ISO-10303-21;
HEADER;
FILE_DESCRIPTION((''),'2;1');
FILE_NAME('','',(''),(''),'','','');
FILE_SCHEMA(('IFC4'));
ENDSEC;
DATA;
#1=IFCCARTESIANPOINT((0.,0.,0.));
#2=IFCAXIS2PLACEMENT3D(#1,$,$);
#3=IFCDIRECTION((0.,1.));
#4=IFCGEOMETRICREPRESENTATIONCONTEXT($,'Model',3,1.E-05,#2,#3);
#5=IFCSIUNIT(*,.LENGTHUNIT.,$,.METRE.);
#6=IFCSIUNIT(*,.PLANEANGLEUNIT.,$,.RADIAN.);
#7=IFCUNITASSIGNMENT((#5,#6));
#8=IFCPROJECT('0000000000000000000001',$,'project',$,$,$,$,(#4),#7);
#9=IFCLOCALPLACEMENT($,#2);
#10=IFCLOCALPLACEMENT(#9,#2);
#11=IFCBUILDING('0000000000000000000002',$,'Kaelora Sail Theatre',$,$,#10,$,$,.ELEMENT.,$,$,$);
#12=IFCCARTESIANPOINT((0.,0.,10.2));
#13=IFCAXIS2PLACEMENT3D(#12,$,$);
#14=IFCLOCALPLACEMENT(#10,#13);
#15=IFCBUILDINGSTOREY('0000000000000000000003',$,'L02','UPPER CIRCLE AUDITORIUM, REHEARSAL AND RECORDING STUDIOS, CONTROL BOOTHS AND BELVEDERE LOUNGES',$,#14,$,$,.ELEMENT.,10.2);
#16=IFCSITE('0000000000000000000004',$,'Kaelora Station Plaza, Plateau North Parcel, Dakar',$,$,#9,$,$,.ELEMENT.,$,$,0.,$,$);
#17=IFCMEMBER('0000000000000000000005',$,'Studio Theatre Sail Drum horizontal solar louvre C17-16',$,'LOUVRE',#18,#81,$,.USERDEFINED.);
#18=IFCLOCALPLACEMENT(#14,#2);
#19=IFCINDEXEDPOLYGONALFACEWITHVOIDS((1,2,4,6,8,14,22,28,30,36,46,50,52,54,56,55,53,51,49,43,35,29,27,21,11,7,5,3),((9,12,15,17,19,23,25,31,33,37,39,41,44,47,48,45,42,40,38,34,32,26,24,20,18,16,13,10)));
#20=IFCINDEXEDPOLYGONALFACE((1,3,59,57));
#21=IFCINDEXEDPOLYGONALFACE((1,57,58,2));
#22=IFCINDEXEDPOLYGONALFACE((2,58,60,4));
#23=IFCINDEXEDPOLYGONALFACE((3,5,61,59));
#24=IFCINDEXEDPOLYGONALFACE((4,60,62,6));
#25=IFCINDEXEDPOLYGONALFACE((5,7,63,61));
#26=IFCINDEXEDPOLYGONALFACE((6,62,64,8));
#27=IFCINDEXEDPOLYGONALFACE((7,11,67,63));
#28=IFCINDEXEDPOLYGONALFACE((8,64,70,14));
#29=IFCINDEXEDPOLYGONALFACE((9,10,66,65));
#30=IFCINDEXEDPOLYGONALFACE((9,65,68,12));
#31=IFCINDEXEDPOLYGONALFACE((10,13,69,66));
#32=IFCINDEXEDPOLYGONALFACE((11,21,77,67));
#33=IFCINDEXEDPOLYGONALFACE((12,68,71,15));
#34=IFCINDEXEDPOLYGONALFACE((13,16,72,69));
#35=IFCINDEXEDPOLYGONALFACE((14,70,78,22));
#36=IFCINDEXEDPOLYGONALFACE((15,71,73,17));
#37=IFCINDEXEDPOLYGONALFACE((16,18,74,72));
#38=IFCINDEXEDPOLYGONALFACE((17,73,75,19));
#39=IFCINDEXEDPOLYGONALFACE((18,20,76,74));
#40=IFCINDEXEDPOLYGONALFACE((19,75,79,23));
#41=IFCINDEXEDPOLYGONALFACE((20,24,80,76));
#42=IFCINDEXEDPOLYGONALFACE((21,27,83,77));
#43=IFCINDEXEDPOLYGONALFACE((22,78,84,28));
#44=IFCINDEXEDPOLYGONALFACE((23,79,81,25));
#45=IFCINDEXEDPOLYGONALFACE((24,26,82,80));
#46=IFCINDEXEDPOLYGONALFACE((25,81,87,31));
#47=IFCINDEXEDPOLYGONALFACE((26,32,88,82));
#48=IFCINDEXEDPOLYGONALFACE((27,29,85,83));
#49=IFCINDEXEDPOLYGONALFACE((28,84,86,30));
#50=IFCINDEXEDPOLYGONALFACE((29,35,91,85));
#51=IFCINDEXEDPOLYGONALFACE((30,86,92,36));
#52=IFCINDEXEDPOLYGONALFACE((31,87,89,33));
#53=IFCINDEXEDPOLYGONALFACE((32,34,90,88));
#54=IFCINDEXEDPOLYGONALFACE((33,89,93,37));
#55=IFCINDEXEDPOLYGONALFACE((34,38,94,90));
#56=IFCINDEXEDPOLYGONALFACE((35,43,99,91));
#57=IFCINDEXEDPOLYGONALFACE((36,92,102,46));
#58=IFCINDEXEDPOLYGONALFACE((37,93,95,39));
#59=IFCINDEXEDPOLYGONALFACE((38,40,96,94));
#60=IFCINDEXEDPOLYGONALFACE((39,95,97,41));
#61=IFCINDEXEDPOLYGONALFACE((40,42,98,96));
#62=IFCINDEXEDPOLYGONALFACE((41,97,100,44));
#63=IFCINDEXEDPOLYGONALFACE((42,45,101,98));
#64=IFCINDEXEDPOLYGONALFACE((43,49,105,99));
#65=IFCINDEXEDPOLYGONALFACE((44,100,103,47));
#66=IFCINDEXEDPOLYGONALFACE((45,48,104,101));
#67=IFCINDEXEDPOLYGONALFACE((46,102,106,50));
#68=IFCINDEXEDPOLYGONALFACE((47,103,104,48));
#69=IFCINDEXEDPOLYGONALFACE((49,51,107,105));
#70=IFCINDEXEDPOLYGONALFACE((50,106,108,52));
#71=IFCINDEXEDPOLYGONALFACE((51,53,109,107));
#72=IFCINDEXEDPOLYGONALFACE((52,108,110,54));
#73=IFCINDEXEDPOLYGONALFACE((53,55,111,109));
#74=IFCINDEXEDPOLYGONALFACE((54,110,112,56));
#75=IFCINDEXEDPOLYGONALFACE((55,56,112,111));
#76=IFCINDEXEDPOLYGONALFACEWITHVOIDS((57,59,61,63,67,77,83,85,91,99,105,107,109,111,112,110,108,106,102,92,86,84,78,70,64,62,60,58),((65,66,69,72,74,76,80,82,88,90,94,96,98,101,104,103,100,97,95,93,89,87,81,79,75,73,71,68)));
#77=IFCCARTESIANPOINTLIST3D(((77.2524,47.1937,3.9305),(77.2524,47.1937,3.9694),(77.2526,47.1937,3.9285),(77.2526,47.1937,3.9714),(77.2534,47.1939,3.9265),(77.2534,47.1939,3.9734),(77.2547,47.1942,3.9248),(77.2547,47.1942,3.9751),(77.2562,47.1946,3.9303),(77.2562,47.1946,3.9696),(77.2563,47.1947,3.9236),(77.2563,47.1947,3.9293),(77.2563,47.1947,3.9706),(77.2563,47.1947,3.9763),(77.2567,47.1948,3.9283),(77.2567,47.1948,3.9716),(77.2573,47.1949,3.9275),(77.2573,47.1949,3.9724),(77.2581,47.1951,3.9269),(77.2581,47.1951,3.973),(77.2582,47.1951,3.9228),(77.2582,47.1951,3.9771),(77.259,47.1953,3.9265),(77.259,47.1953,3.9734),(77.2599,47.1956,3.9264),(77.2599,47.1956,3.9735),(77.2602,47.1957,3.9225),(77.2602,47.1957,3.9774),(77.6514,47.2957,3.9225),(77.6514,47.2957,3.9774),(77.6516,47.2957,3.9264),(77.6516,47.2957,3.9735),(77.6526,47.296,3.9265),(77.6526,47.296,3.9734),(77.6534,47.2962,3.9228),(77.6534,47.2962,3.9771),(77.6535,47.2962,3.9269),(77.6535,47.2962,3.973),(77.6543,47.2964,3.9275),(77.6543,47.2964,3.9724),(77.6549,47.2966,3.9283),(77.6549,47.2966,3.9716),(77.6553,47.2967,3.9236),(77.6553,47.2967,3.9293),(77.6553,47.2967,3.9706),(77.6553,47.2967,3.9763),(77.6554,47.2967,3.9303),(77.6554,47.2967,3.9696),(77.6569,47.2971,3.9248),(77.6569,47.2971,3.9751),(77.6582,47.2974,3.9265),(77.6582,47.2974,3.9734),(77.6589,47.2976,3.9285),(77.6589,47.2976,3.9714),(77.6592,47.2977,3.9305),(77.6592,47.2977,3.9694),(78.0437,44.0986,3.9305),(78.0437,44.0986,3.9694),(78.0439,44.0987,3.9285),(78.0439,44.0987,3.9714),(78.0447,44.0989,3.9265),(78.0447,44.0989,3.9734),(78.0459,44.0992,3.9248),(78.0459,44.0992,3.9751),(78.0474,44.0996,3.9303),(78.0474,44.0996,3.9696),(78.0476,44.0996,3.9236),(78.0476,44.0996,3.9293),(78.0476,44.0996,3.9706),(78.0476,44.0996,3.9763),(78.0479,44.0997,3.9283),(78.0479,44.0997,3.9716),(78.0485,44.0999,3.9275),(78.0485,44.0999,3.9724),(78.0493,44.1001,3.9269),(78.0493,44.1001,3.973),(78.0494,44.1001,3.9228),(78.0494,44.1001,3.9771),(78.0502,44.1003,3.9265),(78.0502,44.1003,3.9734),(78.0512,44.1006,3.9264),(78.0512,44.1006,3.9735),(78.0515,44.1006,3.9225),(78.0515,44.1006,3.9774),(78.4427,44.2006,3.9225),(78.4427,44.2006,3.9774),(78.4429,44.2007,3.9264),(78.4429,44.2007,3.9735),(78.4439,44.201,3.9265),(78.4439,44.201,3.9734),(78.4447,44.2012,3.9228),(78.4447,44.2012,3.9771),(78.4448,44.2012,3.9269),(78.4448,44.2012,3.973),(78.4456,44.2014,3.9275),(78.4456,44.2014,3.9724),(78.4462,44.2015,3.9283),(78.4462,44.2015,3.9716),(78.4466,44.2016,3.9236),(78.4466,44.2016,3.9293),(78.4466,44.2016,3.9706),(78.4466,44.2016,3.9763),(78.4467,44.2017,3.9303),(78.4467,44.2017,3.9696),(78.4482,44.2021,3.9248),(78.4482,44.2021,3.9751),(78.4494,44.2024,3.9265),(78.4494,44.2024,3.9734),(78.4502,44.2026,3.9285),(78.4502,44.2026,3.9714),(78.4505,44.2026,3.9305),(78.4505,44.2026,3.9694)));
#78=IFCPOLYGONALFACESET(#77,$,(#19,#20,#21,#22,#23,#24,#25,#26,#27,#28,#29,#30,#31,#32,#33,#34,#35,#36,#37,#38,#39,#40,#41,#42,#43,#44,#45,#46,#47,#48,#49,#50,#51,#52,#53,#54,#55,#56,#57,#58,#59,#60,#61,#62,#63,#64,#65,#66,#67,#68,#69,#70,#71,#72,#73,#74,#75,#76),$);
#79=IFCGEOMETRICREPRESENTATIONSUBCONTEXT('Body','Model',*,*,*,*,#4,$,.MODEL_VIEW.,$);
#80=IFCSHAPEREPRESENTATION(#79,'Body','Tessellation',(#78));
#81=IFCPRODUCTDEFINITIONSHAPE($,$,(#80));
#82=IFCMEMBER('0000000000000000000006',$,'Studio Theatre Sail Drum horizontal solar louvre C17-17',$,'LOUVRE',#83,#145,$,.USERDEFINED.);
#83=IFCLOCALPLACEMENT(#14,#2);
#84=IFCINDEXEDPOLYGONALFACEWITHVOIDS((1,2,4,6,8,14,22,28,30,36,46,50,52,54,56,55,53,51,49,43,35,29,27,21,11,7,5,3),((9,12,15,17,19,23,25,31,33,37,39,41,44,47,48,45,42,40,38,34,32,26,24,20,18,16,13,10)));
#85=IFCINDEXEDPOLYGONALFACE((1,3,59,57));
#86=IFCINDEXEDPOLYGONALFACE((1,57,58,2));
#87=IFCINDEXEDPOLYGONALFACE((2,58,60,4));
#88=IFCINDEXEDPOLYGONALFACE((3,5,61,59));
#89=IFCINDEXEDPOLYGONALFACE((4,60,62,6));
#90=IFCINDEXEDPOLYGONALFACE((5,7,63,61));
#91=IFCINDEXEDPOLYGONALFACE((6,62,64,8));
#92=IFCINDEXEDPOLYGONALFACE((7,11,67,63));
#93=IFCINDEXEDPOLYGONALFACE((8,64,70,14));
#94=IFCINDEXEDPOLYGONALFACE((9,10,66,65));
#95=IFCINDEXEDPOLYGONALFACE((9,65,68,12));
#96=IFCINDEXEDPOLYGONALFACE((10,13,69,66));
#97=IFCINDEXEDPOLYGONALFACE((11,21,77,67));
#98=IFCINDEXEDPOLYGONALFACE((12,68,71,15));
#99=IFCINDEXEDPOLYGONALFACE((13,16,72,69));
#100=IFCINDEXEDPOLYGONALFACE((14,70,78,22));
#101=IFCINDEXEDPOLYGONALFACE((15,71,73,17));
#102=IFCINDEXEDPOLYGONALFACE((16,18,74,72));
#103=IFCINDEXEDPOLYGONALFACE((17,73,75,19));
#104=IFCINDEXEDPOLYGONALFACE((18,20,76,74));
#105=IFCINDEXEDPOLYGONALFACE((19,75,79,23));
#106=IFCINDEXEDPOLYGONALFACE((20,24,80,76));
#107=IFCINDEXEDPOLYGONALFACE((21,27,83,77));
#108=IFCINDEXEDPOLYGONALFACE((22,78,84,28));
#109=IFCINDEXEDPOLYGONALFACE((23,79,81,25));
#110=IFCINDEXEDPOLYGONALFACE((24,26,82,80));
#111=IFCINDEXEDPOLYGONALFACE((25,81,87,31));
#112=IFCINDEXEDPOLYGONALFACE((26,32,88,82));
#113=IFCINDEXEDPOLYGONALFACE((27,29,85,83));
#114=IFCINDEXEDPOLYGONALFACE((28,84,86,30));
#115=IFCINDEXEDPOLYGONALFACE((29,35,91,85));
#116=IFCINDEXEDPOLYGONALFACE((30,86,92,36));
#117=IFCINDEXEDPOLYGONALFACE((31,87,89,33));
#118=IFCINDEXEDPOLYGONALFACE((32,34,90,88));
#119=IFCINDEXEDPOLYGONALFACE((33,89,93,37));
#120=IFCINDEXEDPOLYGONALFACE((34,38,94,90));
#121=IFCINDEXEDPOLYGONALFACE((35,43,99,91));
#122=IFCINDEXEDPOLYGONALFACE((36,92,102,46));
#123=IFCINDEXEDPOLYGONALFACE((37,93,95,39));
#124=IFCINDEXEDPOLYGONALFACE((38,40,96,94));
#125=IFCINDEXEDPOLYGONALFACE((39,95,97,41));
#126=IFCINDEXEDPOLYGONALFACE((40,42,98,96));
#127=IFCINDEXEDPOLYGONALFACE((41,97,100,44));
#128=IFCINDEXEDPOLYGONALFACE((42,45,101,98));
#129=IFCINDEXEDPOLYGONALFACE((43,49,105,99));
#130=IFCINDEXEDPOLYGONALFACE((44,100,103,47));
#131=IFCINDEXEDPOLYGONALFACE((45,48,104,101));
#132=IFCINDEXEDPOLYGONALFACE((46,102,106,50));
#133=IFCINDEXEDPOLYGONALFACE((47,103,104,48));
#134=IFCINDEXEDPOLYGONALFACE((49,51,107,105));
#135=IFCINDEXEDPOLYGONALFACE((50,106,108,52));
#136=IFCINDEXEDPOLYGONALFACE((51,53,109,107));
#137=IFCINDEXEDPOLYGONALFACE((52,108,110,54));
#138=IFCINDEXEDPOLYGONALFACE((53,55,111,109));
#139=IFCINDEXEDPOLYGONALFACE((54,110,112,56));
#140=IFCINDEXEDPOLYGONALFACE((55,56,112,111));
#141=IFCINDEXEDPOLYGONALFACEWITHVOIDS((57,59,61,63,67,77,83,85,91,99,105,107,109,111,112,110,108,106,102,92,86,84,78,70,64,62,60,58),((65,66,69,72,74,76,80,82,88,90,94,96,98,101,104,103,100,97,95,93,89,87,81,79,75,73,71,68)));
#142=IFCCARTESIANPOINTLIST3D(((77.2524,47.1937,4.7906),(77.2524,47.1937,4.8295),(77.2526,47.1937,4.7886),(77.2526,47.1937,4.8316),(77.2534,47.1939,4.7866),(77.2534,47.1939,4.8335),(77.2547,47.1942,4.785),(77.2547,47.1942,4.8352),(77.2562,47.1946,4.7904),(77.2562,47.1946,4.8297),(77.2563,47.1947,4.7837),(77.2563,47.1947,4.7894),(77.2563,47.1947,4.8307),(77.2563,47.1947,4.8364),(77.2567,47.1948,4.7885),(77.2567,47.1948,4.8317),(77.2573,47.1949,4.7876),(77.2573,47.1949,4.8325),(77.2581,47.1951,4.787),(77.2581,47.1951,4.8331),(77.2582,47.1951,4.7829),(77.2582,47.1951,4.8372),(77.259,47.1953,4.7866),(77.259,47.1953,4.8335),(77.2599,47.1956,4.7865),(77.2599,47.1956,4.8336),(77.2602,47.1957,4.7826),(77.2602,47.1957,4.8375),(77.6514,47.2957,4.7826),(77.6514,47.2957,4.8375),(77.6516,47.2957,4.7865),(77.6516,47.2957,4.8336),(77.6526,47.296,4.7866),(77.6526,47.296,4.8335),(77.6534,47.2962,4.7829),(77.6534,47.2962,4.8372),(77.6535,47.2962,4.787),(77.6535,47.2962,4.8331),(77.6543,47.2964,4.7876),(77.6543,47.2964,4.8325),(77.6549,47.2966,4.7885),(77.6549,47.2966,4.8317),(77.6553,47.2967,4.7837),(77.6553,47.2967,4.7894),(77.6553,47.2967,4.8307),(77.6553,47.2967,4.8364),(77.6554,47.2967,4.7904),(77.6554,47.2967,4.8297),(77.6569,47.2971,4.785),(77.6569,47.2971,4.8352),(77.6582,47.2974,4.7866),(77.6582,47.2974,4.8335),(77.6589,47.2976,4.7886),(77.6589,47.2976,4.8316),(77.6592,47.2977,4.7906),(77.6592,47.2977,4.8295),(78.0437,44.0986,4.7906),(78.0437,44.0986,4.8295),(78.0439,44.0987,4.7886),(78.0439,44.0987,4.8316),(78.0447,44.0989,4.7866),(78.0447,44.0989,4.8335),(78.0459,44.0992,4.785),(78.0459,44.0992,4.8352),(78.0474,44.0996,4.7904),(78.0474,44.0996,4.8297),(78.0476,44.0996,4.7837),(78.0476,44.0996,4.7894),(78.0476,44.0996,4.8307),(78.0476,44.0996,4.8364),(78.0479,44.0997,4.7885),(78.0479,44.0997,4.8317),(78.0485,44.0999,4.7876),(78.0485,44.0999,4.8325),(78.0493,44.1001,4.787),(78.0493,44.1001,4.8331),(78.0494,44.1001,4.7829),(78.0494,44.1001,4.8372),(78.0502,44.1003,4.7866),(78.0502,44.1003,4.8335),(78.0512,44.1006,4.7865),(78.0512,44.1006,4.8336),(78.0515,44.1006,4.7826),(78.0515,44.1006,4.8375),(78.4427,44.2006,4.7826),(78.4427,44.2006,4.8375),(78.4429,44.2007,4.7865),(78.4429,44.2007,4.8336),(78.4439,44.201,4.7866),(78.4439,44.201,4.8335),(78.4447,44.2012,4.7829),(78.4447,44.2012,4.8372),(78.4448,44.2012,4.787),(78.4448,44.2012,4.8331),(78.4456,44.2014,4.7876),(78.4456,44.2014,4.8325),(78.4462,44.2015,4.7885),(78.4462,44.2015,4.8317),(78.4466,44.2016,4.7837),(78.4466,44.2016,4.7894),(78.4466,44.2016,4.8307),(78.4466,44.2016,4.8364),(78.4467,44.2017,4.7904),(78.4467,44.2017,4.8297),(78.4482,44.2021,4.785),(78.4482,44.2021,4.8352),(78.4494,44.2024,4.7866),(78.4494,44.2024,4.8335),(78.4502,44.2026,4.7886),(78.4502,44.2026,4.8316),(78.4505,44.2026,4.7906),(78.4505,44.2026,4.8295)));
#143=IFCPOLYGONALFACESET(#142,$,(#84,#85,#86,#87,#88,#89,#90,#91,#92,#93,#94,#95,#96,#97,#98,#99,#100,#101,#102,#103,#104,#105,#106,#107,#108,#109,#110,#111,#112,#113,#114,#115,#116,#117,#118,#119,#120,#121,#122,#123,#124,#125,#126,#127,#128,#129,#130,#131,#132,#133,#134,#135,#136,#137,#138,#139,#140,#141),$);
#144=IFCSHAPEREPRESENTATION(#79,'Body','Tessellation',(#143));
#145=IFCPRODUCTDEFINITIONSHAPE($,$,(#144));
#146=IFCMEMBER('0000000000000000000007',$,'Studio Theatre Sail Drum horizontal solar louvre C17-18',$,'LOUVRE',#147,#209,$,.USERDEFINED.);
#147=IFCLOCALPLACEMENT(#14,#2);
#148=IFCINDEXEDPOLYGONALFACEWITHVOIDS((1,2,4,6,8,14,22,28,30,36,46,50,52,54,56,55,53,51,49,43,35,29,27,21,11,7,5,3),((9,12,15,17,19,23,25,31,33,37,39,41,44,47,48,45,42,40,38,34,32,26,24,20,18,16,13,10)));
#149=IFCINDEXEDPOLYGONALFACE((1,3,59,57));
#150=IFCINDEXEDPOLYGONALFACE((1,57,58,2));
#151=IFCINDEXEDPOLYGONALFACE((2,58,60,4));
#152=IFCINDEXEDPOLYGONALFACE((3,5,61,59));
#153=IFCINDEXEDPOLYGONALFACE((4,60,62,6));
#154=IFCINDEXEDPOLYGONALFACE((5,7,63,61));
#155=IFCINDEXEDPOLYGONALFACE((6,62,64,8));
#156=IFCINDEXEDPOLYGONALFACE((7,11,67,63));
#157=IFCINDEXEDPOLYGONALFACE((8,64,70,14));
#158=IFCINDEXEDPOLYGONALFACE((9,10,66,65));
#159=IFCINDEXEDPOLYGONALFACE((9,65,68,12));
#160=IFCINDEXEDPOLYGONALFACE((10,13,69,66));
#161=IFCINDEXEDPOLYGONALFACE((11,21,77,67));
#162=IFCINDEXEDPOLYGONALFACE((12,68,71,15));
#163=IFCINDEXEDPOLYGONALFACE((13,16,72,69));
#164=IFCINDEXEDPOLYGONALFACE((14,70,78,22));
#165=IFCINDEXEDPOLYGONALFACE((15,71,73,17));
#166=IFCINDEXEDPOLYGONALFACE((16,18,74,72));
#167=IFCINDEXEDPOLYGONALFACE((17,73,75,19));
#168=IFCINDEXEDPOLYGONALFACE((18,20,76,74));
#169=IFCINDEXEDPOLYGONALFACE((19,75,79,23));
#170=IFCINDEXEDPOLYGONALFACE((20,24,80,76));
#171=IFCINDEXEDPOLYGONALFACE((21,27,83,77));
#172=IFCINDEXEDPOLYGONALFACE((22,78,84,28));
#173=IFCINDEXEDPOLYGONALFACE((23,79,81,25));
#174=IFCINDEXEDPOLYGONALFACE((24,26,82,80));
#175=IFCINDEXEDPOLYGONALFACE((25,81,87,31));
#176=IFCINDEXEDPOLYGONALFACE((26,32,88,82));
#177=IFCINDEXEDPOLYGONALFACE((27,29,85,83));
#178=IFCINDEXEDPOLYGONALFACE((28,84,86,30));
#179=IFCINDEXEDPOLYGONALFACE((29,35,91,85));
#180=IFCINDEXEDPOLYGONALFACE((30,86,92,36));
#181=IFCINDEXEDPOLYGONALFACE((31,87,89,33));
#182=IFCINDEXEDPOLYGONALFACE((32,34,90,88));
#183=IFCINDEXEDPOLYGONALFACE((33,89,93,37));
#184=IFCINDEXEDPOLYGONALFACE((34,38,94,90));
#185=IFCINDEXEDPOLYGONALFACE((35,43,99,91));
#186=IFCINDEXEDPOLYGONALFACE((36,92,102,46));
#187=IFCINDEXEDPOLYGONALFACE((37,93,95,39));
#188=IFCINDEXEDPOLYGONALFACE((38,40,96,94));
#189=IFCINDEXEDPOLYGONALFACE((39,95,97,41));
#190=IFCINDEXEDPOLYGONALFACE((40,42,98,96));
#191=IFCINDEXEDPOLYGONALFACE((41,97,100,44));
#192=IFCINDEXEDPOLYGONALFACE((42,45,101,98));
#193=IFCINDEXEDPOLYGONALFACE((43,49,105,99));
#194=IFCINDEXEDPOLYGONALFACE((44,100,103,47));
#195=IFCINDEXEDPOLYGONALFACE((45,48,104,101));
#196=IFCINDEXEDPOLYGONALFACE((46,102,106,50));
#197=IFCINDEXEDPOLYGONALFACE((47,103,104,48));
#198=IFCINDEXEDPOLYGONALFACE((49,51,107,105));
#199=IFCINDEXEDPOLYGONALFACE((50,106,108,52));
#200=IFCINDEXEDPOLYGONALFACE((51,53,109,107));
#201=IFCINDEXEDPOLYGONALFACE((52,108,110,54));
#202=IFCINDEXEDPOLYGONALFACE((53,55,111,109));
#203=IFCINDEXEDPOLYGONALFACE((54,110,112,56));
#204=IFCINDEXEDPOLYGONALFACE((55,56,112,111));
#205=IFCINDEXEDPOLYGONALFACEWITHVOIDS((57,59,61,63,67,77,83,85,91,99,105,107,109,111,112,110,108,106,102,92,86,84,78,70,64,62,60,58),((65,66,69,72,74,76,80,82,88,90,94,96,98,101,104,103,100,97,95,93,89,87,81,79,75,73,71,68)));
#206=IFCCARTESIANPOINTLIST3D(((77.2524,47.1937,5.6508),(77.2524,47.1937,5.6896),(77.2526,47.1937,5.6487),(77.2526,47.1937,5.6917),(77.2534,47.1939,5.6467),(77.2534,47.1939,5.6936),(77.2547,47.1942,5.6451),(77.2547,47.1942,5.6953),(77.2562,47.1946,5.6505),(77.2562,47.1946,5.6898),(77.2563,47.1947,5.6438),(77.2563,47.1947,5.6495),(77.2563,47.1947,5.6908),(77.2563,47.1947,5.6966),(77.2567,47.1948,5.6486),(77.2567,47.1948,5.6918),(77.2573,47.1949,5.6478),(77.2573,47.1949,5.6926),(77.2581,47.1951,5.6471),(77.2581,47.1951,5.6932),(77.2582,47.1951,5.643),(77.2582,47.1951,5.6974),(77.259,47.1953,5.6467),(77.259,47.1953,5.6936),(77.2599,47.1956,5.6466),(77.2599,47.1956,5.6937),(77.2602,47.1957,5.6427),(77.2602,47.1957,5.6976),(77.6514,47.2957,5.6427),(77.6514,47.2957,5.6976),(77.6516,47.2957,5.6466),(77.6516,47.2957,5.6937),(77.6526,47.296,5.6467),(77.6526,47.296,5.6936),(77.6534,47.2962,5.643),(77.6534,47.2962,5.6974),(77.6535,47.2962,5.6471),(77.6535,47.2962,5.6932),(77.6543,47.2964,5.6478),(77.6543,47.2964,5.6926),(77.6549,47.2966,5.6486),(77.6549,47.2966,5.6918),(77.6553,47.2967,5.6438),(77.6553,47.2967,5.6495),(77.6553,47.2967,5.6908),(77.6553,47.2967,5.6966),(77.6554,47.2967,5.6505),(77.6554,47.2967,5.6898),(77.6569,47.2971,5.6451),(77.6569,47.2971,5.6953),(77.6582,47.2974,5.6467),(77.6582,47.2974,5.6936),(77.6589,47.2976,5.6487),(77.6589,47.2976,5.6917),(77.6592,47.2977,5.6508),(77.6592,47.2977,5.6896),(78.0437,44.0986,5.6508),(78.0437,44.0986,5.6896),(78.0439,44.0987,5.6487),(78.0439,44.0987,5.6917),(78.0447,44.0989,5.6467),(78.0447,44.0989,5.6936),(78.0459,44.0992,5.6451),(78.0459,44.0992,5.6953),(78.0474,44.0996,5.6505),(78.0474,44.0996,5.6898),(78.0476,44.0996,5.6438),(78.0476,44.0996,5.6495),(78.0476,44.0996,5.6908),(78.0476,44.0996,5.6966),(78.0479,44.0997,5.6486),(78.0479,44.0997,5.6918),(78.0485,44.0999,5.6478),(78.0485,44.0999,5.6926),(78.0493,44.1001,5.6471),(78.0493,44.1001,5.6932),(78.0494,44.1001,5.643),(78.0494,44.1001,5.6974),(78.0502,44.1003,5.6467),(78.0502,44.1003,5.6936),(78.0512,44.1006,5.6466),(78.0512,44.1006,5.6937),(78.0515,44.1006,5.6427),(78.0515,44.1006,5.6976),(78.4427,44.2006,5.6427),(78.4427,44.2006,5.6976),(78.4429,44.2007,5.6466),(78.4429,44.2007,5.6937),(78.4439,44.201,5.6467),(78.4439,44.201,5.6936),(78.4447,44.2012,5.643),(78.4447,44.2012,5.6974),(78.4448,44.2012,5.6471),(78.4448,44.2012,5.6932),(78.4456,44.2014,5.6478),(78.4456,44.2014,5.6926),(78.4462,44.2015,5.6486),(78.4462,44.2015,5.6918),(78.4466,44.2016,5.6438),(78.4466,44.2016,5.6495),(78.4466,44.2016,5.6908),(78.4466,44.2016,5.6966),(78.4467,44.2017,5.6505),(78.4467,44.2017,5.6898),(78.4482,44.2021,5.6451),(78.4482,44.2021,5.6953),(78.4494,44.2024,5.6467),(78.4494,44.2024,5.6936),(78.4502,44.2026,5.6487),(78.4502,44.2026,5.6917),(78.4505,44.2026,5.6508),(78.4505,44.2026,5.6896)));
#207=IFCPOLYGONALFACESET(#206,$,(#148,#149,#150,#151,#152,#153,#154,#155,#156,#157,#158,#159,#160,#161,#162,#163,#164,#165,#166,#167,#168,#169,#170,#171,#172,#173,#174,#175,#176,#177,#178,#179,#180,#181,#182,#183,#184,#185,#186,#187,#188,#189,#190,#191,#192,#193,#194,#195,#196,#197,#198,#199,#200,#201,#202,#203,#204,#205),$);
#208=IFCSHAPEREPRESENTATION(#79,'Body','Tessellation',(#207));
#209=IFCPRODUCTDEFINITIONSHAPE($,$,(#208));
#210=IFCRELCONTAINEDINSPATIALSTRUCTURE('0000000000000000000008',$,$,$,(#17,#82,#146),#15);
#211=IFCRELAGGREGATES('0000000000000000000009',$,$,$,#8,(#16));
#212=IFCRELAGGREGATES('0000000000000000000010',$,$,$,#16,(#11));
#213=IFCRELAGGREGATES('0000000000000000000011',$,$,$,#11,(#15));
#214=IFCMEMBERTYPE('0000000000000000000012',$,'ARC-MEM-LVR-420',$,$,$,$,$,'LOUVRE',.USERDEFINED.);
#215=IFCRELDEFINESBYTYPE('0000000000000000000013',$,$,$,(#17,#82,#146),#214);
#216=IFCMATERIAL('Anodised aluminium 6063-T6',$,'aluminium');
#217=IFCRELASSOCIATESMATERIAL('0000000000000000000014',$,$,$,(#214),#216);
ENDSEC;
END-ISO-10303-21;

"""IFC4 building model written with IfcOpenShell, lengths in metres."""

from ifc_helpers import new_model, si_unit, direction, frame, origin, origin_2d, place, context, subcontext, project, spatial, hollow_rectangle, extrude, material, material_profile, profile_set, type_object, element, save


model = new_model("IFC4")

# Units and contexts
model_context = context("Model", 3, precision=1e-05, world=origin(), true_north=direction((0.0, 1.0)))
body_context = subcontext(model_context, "Body", "Model", "MODEL_VIEW")
ifc_project = project(units=[si_unit("LENGTHUNIT", "METRE"), si_unit("PLANEANGLEUNIT", "RADIAN")], contexts=[model_context])

# Site, building, storey
site_placement = place(None, origin())
site = spatial("IfcSite", under=ifc_project, at=site_placement, Name="Kaelora Station Plaza, Plateau North Parcel, Dakar", CompositionType="ELEMENT", RefElevation=0.0)
building_placement = place(site_placement, origin())
building = spatial("IfcBuilding", under=site, at=building_placement, Name="Kaelora Sail Theatre", CompositionType="ELEMENT")
storey_placement = place(building_placement, frame((0.0, 0.0, 10.2)))
storey = spatial("IfcBuildingStorey", under=building, at=storey_placement, Name="L02", Description="UPPER CIRCLE AUDITORIUM, REHEARSAL AND RECORDING STUDIOS, CONTROL BOOTHS AND BELVEDERE LOUNGES", CompositionType="ELEMENT", Elevation=10.2)

# Members
ifc_material_1 = material(Name="Anodised aluminium 6063-T6", Category="aluminium")
ifc_material_profile_1 = material_profile(ifc_material_1, hollow_rectangle(XDim=0.4199, YDim=0.0549, WallThickness=0.0039, InnerFilletRadius=0.0039, OuterFilletRadius=0.0081, at=origin_2d()), Name="LOUVRE 420x55x4")
ifc_profile_set_1 = profile_set([ifc_material_profile_1], Name="Anodised aluminium 6063-T6")
member_type = type_object("IfcMemberType", Name="ARC-MEM-LVR-420", ElementType="LOUVRE", PredefinedType="USERDEFINED", material=ifc_profile_set_1)
for number, where, z_axis, x_axis, name in (
    (1, (78.2471, 44.1506, 3.95), (-0.247693, 0.968839, 0.0), (-0.968839, -0.247693, 0.0), "Studio Theatre Sail Drum horizontal solar louvre C17-16"),
    (2, (78.2471, 44.1506, 4.8101), (-0.247693, 0.968839, 0.0), (-0.968839, -0.247693, 0.0), "Studio Theatre Sail Drum horizontal solar louvre C17-17"),
    (3, (78.2471, 44.1506, 5.6702), (-0.247693, 0.968839, 0.0), (-0.968839, -0.247693, 0.0), "Studio Theatre Sail Drum horizontal solar louvre C17-18"),
):
    element("IfcMember", number, at=place(storey_placement, frame(where, z_axis=z_axis, x_axis=x_axis)), inside=storey, type_object=member_type, Name=name, ObjectType="LOUVRE", PredefinedType="USERDEFINED", context=body_context, shape_type="SweptSolid", body=[
        extrude(hollow_rectangle(XDim=0.4199, YDim=0.0549, WallThickness=0.0039, InnerFilletRadius=0.0039, OuterFilletRadius=0.0081, at=origin_2d()), origin(), (0.0, 0.0, 1.0), 3.1946),
    ])

save(model, "model.ifc")
